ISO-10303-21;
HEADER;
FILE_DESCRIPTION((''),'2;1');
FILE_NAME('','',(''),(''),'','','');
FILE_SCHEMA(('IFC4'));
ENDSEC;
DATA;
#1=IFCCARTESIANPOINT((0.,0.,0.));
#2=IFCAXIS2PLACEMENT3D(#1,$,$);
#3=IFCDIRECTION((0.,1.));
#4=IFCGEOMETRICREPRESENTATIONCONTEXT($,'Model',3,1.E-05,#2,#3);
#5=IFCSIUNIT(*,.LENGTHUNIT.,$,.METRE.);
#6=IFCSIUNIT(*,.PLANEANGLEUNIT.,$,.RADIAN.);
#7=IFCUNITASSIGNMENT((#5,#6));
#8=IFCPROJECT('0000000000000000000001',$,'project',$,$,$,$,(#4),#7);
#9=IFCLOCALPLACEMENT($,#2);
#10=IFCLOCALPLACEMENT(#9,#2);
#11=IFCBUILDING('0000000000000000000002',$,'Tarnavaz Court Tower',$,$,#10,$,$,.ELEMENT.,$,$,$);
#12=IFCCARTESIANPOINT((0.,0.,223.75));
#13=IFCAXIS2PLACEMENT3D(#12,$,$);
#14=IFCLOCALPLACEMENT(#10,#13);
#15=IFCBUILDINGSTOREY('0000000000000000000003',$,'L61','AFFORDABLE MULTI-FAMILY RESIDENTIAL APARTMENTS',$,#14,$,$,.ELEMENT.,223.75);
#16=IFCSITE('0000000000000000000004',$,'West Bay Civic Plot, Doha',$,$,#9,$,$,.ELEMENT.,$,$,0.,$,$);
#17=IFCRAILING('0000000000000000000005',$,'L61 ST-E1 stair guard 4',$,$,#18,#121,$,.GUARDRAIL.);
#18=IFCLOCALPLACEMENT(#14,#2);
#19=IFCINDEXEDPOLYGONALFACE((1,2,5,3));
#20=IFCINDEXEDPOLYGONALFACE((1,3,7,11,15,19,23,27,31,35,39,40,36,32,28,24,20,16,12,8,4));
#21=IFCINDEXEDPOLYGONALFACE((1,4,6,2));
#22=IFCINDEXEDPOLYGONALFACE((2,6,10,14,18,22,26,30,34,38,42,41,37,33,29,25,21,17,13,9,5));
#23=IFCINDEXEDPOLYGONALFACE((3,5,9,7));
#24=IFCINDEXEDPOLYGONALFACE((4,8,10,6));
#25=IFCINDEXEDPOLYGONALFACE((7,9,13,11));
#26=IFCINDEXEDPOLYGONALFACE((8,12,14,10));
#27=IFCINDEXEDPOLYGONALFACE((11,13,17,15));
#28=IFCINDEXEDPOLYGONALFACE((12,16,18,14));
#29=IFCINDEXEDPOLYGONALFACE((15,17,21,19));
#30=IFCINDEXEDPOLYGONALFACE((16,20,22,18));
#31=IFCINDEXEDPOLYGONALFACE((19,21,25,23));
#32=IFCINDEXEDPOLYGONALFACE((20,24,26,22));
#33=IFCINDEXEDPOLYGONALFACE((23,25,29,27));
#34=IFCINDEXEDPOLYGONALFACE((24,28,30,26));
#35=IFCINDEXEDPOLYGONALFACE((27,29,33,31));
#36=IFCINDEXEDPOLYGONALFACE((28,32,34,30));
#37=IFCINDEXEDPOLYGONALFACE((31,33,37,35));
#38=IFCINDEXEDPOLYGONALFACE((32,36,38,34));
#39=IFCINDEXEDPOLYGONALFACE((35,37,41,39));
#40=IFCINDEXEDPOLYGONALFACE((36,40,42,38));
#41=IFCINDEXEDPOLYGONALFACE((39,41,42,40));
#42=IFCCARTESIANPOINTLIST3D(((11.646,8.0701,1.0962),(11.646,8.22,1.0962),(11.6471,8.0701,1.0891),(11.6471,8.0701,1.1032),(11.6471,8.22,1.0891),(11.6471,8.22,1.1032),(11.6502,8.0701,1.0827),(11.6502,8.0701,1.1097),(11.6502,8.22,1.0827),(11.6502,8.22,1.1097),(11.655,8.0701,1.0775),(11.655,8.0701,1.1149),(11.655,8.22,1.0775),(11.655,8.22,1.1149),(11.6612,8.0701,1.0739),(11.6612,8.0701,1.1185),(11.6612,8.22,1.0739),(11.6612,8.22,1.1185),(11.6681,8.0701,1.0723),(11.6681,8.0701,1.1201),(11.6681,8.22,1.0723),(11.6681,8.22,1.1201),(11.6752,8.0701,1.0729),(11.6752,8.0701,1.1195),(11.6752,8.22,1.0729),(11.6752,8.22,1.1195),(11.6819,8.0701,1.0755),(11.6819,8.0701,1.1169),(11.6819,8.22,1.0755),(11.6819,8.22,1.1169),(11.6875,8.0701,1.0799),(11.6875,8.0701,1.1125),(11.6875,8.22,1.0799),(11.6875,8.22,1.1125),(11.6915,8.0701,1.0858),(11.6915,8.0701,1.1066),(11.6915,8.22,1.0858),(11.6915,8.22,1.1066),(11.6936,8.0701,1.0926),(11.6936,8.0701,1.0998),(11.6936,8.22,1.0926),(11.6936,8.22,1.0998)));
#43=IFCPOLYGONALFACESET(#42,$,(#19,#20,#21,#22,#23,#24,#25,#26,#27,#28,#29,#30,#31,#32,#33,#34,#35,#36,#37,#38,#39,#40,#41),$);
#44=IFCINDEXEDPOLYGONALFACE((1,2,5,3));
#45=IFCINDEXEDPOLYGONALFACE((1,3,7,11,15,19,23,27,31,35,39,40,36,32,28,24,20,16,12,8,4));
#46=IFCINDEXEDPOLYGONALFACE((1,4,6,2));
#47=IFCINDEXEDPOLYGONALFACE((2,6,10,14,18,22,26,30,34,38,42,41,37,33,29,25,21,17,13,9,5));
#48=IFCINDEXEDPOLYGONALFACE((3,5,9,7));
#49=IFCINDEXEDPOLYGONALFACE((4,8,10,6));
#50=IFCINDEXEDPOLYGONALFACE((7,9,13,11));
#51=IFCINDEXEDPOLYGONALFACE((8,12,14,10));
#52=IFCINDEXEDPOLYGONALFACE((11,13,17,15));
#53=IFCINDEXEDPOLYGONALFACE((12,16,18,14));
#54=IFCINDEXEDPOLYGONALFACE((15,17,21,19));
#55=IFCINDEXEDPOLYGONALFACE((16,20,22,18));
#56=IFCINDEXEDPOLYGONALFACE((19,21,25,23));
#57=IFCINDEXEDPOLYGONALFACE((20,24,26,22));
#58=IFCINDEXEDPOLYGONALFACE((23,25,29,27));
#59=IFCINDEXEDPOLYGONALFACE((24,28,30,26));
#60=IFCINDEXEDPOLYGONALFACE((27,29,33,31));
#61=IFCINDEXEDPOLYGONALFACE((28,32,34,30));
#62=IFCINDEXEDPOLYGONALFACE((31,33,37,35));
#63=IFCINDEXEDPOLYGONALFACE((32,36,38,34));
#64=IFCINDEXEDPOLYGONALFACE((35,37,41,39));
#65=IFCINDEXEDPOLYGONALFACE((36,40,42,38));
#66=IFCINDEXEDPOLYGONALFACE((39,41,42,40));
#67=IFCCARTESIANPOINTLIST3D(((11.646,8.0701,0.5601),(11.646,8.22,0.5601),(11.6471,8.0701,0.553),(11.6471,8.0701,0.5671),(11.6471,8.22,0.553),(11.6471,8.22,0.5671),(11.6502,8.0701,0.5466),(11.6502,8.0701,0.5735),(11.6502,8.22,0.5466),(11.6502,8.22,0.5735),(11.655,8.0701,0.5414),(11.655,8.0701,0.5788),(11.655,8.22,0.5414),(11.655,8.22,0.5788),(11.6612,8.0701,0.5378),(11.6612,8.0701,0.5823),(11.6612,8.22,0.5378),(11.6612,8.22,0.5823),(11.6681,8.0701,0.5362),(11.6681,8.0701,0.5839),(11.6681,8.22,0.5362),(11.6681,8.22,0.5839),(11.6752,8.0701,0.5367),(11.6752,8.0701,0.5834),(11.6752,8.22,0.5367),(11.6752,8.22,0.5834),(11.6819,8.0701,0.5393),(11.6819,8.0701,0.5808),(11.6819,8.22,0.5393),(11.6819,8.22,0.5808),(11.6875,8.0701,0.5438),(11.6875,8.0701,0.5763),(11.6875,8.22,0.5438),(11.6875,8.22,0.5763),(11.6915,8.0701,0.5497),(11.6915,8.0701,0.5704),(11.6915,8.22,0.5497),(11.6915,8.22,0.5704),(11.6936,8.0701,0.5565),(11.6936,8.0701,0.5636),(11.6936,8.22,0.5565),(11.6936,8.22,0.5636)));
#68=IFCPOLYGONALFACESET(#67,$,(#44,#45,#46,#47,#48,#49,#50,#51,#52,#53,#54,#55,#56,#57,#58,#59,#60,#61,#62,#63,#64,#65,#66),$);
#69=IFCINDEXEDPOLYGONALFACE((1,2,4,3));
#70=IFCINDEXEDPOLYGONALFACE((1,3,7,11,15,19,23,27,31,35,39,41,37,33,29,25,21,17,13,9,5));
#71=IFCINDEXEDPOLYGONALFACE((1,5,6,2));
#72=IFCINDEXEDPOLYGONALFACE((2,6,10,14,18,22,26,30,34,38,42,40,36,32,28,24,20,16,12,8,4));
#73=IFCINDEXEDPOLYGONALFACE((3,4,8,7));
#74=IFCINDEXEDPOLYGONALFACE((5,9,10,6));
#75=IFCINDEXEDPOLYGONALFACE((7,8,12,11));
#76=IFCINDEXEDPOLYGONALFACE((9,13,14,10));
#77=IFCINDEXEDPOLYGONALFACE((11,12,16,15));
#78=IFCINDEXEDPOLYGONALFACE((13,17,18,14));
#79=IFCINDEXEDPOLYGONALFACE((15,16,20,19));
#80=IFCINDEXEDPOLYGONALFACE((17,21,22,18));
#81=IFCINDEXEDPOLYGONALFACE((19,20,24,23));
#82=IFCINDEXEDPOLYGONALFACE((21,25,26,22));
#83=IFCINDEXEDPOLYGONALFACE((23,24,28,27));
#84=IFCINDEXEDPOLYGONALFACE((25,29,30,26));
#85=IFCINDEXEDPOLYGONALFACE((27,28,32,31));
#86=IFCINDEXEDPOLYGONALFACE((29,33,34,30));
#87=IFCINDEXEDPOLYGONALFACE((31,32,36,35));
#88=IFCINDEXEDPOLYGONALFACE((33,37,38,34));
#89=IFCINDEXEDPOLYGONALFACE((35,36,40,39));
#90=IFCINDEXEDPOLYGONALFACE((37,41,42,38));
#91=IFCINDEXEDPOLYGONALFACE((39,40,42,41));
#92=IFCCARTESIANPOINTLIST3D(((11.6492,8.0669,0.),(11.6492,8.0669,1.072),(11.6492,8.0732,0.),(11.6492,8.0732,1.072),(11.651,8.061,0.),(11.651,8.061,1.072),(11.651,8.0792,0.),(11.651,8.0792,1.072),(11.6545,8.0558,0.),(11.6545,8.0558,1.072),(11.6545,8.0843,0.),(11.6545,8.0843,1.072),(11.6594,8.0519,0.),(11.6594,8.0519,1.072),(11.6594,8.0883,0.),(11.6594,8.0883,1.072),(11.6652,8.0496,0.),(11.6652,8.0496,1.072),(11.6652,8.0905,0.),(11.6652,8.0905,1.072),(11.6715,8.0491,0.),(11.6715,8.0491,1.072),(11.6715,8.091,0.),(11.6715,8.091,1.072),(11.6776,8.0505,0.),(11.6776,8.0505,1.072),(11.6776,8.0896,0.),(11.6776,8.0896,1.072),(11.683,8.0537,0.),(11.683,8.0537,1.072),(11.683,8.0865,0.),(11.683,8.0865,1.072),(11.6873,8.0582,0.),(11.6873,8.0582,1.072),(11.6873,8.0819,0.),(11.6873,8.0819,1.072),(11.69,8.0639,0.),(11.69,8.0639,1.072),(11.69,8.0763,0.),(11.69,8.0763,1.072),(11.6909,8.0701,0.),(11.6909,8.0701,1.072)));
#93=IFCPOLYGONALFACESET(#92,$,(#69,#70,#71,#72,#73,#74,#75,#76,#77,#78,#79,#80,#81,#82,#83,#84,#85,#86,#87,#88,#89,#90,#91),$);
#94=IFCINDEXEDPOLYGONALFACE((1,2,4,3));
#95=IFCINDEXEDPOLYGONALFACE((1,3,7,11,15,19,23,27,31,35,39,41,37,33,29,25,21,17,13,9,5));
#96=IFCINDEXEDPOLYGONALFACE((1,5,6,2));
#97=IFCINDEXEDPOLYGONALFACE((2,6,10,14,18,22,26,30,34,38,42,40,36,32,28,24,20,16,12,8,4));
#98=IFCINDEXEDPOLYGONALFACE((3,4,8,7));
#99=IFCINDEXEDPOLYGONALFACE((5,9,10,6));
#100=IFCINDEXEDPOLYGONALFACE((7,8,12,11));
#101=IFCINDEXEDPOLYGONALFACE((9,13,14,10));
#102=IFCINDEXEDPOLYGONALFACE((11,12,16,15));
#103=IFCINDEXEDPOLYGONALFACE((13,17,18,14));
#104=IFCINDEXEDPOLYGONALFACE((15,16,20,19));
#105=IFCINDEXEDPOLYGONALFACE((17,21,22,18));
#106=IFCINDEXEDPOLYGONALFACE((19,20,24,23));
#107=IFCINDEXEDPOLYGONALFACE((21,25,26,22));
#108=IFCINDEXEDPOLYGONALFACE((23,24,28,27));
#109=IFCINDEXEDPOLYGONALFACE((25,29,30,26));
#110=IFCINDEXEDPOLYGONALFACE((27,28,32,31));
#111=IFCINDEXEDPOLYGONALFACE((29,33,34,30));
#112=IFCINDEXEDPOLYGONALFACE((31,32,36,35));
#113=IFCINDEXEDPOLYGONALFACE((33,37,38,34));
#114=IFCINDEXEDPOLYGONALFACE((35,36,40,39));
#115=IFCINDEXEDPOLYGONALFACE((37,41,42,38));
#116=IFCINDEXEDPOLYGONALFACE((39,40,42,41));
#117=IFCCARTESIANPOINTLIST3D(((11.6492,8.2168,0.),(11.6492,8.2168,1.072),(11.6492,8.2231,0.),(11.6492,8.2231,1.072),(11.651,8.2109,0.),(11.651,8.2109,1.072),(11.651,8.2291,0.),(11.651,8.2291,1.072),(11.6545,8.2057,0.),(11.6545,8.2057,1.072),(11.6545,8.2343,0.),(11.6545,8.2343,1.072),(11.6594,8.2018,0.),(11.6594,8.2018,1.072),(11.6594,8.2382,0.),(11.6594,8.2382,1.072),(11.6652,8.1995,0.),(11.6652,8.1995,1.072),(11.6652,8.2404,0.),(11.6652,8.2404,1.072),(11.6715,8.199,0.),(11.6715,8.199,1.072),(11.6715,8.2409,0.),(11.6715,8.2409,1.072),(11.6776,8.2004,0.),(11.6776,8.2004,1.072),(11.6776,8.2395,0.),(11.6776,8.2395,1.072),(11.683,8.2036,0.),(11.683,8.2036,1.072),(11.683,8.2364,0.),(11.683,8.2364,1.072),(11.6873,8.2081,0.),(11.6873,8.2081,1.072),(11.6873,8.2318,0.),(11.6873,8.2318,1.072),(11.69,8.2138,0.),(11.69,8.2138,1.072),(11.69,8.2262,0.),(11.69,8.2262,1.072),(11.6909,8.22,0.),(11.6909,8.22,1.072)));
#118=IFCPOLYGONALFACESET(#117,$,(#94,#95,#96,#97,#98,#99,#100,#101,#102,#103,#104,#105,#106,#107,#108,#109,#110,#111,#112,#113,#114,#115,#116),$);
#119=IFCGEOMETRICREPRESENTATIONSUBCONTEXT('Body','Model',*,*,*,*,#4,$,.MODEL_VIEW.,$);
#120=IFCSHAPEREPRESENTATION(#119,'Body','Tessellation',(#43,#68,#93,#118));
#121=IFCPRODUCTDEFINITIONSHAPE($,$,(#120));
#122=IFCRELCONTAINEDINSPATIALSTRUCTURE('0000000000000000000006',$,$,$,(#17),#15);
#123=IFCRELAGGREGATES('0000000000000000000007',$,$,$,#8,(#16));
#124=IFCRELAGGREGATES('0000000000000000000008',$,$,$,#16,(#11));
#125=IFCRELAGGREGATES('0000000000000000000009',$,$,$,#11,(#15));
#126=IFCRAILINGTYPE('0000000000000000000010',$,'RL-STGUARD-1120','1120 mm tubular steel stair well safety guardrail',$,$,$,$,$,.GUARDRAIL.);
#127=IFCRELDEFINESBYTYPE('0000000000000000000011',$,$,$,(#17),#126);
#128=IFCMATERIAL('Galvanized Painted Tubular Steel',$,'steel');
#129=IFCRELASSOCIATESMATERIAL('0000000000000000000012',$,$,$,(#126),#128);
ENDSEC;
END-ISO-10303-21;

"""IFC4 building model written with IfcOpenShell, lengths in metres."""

from ifc_helpers import new_model, si_unit, direction, frame, origin, origin_2d, place, context, subcontext, project, spatial, circle, extrude, material, type_object, element, save


model = new_model("IFC4")

# Units and contexts
model_context = context("Model", 3, precision=1e-05, world=origin(), true_north=direction((0.0, 1.0)))
body_context = subcontext(model_context, "Body", "Model", "MODEL_VIEW")
ifc_project = project(units=[si_unit("LENGTHUNIT", "METRE"), si_unit("PLANEANGLEUNIT", "RADIAN")], contexts=[model_context])

# Site, building, storey
site_placement = place(None, origin())
site = spatial("IfcSite", under=ifc_project, at=site_placement, Name="West Bay Civic Plot, Doha", CompositionType="ELEMENT", RefElevation=0.0)
building_placement = place(site_placement, origin())
building = spatial("IfcBuilding", under=site, at=building_placement, Name="Tarnavaz Court Tower", CompositionType="ELEMENT")
storey_placement = place(building_placement, frame((0.0, 0.0, 223.75)))
storey = spatial("IfcBuildingStorey", under=building, at=storey_placement, Name="L61", Description="AFFORDABLE MULTI-FAMILY RESIDENTIAL APARTMENTS", CompositionType="ELEMENT", Elevation=223.75)

# Railing
ifc_material_1 = material(Name="Galvanized Painted Tubular Steel", Category="steel")
railing_type_1 = type_object("IfcRailingType", Name="RL-STGUARD-1120", Description="1120 mm tubular steel stair well safety guardrail", PredefinedType="GUARDRAIL", material=ifc_material_1)
railing_1_placement = place(storey_placement, frame((11.6699, 8.0701, 0.0)))
element("IfcRailing", 1, at=railing_1_placement, inside=storey, type_object=railing_type_1, Name="L61 ST-E1 stair guard 4", PredefinedType="GUARDRAIL", context=body_context, shape_type="SweptSolid", body=[
    extrude(circle(Radius=0.0239, at=origin_2d()), frame((0.0, 0.0, 1.0962), z_axis=(0.0, 1.0, 0.0), x_axis=(-1.0, 0.0, 0.0)), (0.0, 0.0, 1.0), 0.1499),
    extrude(circle(Radius=0.0239, at=origin_2d()), frame((0.0, 0.0, 0.5601), z_axis=(0.0, 1.0, 0.0), x_axis=(-1.0, 0.0, 0.0)), (0.0, 0.0, 1.0), 0.1499),
    extrude(circle(Radius=0.021, at=origin_2d()), origin(), (0.0, 0.0, 1.0), 1.072),
    extrude(circle(Radius=0.021, at=origin_2d()), frame((0.0, 0.1499, 0.0)), (0.0, 0.0, 1.0), 1.072),
])

save(model, "model.ifc")
